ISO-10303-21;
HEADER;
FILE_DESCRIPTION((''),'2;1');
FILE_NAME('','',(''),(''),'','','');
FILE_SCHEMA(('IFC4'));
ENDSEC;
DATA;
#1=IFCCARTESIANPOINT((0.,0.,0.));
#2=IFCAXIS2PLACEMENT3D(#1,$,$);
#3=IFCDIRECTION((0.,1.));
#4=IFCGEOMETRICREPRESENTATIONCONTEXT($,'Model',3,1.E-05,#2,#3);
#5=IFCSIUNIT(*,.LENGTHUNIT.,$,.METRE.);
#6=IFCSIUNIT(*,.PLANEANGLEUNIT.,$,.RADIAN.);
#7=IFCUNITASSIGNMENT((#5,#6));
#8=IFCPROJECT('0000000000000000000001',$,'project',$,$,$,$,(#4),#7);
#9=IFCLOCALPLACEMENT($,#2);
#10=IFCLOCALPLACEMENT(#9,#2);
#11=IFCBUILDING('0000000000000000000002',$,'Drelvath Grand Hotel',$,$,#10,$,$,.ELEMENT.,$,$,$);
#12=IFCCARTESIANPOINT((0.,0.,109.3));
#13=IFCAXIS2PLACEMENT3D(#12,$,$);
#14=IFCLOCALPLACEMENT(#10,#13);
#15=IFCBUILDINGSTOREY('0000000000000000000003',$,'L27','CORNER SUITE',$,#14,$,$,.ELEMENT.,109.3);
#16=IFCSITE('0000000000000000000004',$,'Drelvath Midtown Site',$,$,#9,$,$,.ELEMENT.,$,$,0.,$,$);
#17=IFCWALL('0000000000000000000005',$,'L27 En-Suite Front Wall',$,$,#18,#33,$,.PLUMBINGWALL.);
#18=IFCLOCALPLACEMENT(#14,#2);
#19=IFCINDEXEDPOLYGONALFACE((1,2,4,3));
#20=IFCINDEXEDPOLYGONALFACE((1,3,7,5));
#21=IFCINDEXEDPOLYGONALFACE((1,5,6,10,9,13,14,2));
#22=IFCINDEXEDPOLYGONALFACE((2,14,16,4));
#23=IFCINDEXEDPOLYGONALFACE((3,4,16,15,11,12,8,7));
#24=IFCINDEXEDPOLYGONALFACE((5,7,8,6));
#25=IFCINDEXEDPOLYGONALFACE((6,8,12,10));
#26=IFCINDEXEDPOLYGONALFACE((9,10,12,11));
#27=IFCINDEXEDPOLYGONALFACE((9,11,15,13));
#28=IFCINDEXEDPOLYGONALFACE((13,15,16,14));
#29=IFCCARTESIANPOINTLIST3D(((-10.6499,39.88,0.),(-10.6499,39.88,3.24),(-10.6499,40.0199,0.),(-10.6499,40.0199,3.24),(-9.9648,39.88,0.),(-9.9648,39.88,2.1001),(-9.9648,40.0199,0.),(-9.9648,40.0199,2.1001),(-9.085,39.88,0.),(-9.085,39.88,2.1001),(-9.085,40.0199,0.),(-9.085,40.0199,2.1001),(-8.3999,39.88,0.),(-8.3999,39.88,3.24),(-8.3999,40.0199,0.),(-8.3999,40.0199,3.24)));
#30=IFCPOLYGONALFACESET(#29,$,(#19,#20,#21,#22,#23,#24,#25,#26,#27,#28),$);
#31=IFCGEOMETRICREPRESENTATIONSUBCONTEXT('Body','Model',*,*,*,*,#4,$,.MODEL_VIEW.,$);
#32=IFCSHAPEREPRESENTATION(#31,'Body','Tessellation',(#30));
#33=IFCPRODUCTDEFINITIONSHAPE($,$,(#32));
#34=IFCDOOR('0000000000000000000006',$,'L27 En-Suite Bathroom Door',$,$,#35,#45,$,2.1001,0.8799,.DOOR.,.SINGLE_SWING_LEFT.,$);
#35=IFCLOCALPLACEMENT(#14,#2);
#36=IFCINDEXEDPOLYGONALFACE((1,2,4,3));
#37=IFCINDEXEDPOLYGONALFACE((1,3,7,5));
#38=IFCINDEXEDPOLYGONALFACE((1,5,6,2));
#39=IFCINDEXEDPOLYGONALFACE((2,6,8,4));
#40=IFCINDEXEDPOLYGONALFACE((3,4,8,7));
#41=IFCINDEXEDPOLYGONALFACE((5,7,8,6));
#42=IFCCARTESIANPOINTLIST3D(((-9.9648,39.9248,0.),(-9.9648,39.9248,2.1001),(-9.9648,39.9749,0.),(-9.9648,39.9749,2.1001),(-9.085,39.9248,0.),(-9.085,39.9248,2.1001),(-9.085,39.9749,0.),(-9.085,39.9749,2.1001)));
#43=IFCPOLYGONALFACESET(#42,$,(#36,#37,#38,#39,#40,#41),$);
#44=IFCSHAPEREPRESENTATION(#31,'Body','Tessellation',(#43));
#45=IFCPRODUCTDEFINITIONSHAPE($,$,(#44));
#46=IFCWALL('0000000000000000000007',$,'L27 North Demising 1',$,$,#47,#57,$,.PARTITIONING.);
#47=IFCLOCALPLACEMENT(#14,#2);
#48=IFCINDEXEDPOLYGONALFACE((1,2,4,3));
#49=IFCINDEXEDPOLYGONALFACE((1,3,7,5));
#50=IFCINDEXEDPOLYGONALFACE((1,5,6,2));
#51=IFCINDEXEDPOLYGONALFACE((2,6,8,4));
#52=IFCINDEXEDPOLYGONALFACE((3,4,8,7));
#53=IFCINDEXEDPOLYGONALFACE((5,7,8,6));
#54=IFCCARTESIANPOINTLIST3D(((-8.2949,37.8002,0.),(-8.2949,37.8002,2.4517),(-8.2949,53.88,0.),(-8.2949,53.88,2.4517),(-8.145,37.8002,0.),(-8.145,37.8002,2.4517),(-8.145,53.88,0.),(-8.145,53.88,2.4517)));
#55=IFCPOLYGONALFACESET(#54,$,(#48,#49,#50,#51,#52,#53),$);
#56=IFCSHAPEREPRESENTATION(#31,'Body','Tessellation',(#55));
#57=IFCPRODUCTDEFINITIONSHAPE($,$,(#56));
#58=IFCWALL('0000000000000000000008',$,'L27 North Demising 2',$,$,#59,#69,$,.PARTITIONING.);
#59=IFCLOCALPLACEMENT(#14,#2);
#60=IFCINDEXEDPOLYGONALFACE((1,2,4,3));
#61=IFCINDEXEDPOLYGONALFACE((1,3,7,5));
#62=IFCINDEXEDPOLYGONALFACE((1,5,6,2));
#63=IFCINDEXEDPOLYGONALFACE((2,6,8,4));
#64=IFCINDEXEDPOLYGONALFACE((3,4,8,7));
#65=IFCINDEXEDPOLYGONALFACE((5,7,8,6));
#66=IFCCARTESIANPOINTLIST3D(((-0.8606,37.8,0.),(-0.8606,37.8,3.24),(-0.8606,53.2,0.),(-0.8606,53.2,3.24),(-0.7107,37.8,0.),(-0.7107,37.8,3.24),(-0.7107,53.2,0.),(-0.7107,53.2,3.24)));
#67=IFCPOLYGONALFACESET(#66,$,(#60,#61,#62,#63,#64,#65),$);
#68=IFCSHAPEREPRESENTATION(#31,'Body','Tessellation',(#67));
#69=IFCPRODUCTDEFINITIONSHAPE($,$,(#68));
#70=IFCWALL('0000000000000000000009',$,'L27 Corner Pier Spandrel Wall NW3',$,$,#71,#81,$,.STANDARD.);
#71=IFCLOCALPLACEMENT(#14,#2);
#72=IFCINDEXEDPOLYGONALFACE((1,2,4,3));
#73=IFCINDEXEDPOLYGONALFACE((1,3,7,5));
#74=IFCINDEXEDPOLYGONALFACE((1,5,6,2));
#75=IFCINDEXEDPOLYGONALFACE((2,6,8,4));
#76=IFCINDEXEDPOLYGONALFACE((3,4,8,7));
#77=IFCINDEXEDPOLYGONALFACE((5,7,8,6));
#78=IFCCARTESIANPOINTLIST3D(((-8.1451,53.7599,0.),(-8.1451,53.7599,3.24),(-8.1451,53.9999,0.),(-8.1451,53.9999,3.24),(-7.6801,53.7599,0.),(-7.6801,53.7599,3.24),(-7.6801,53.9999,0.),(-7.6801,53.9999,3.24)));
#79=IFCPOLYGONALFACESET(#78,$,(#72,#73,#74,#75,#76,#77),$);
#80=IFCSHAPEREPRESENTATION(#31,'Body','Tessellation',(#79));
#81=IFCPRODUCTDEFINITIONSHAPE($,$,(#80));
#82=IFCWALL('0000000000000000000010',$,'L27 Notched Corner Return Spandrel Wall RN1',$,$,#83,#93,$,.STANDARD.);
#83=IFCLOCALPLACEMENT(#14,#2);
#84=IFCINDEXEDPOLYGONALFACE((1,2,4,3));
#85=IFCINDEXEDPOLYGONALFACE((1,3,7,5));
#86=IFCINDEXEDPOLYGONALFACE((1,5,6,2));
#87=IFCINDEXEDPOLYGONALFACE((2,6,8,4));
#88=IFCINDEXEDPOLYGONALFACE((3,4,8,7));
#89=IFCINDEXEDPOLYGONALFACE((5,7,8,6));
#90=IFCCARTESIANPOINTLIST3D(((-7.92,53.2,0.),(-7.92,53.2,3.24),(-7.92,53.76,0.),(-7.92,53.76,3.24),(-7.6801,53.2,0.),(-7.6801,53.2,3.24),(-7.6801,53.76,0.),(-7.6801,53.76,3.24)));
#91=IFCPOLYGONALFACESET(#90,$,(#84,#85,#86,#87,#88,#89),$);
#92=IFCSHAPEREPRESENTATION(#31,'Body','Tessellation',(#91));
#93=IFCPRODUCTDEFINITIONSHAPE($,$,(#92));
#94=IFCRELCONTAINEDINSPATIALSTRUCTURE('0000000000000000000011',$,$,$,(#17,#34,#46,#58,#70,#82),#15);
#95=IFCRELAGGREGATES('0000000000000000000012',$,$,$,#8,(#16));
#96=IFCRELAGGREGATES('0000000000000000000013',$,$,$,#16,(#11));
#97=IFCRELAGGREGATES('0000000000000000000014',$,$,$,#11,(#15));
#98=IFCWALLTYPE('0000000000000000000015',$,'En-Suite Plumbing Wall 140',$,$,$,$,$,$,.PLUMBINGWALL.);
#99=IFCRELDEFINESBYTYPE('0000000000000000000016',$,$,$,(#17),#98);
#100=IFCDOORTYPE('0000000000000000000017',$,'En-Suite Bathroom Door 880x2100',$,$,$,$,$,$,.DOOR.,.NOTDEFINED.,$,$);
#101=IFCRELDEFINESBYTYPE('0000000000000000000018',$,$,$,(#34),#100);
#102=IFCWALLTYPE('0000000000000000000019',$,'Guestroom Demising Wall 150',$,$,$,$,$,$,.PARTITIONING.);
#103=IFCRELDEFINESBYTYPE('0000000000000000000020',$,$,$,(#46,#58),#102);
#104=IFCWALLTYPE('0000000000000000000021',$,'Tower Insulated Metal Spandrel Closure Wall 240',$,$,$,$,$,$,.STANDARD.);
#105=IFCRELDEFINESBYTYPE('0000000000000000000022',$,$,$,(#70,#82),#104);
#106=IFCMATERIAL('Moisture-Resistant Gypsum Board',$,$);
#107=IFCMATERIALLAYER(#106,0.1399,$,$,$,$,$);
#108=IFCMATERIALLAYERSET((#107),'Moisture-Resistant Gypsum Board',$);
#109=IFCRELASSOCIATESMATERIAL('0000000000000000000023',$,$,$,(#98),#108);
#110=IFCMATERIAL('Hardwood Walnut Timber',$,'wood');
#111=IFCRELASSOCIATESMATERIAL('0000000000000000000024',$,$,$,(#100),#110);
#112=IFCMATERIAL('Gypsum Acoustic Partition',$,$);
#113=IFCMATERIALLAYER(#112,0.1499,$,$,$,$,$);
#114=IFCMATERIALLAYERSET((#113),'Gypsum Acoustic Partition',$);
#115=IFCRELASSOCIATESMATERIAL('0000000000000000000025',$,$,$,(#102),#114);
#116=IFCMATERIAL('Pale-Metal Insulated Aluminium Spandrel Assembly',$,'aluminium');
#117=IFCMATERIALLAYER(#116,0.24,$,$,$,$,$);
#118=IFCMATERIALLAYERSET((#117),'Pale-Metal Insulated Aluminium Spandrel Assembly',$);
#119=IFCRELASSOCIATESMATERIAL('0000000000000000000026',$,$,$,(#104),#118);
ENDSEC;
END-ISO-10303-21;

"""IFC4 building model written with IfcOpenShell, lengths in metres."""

from ifc_helpers import new_model, si_unit, direction, frame, frame_2d, origin, place, context, subcontext, project, spatial, rectangle, extrude, material, layer, layer_set, type_object, element, fill, save


model = new_model("IFC4")

# Units and contexts
model_context = context("Model", 3, precision=1e-05, world=origin(), true_north=direction((0.0, 1.0)))
body_context = subcontext(model_context, "Body", "Model", "MODEL_VIEW")
ifc_project = project(units=[si_unit("LENGTHUNIT", "METRE"), si_unit("PLANEANGLEUNIT", "RADIAN")], contexts=[model_context])

# Site, building, storey
site_placement = place(None, origin())
site = spatial("IfcSite", under=ifc_project, at=site_placement, Name="Drelvath Midtown Site", CompositionType="ELEMENT", RefElevation=0.0)
building_placement = place(site_placement, origin())
building = spatial("IfcBuilding", under=site, at=building_placement, Name="Drelvath Grand Hotel", CompositionType="ELEMENT")
storey_placement = place(building_placement, frame((0.0, 0.0, 109.3)))
storey = spatial("IfcBuildingStorey", under=building, at=storey_placement, Name="L27", Description="CORNER SUITE", CompositionType="ELEMENT", Elevation=109.3)

# Shared definitions
ifc_material_1 = material(Name="Moisture-Resistant Gypsum Board")
ifc_layer_1 = layer(ifc_material_1, 0.1399)
ifc_layer_set_1 = layer_set([ifc_layer_1], Name="Moisture-Resistant Gypsum Board")
wall_type_1 = type_object("IfcWallType", Name="En-Suite Plumbing Wall 140", PredefinedType="PLUMBINGWALL", material=ifc_layer_set_1)

# Wall, opening, door
wall_1_placement = place(storey_placement, frame((-10.6499, 39.95, 0.0), z_axis=(0.0, 0.0, 1.0), x_axis=(1.0, 0.0, 0.0)))
wall_1 = element("IfcWall", 1, at=wall_1_placement, inside=storey, type_object=wall_type_1, Name="L27 En-Suite Front Wall", PredefinedType="PLUMBINGWALL", context=body_context, shape_type="SweptSolid", body=[
    extrude(rectangle(XDim=2.25, YDim=0.1399, at=frame_2d((1.125, 0.0))), origin(), (0.0, 0.0, 1.0), 3.24),
])
opening_placement = place(wall_1_placement, frame((0.6851, 0.0, 0.0)))
opening = element("IfcOpeningElement", 2, at=opening_placement, cuts=wall_1, PredefinedType="OPENING", context=body_context, shape_type="SweptSolid", body=[
    extrude(rectangle(XDim=0.8799, YDim=2.1001, at=frame_2d((0.4399, 1.05))), frame((0.0, 0.0798, 0.0), z_axis=(0.0, -1.0, 0.0), x_axis=(1.0, 0.0, 0.0)), (0.0, 0.0, 1.0), 0.1599),
])
ifc_material_2 = material(Name="Hardwood Walnut Timber", Category="wood")
door_type = type_object("IfcDoorType", Name="En-Suite Bathroom Door 880x2100", OperationType="NOTDEFINED", PredefinedType="DOOR", material=ifc_material_2)
door_placement = place(opening_placement, origin())
door = element("IfcDoor", 3, at=door_placement, inside=storey, type_object=door_type, Name="L27 En-Suite Bathroom Door", OperationType="SINGLE_SWING_LEFT", OverallHeight=2.1001, OverallWidth=0.8799, PredefinedType="DOOR", context=body_context, shape_type="SweptSolid", body=[
    extrude(rectangle(XDim=0.8799, YDim=2.1001, at=frame_2d((0.4399, 1.05))), frame((0.0, 0.0249, 0.0), z_axis=(0.0, -1.0, 0.0), x_axis=(1.0, 0.0, 0.0)), (0.0, 0.0, 1.0), 0.05),
])
fill(opening, door)

# Walls
ifc_material_3 = material(Name="Gypsum Acoustic Partition")
ifc_layer_2 = layer(ifc_material_3, 0.1499)
ifc_layer_set_2 = layer_set([ifc_layer_2], Name="Gypsum Acoustic Partition")
wall_type_2 = type_object("IfcWallType", Name="Guestroom Demising Wall 150", PredefinedType="PARTITIONING", material=ifc_layer_set_2)
wall_2_placement = place(storey_placement, frame((-8.22, 37.8, 0.0), z_axis=(0.0, 0.0, 1.0), x_axis=(0.0, 1.0, 0.0)))
element("IfcWall", 4, at=wall_2_placement, inside=storey, type_object=wall_type_2, Name="L27 North Demising 1", PredefinedType="PARTITIONING", context=body_context, shape_type="SweptSolid", body=[
    extrude(rectangle(XDim=16.0798, YDim=0.1499, at=frame_2d((8.04, 0.0))), origin(), (0.0, 0.0, 1.0), 2.4517),
])
wall_3_placement = place(storey_placement, frame((-0.7856, 37.8, 0.0), z_axis=(0.0, 0.0, 1.0), x_axis=(0.0, 1.0, 0.0)))
element("IfcWall", 5, at=wall_3_placement, inside=storey, type_object=wall_type_2, Name="L27 North Demising 2", PredefinedType="PARTITIONING", context=body_context, shape_type="SweptSolid", body=[
    extrude(rectangle(XDim=15.3999, YDim=0.1499, at=frame_2d((7.7, 0.0))), origin(), (0.0, 0.0, 1.0), 3.24),
])
ifc_material_4 = material(Name="Pale-Metal Insulated Aluminium Spandrel Assembly", Category="aluminium")
ifc_layer_3 = layer(ifc_material_4, 0.24)
ifc_layer_set_3 = layer_set([ifc_layer_3], Name="Pale-Metal Insulated Aluminium Spandrel Assembly")
wall_type_3 = type_object("IfcWallType", Name="Tower Insulated Metal Spandrel Closure Wall 240", PredefinedType="STANDARD", material=ifc_layer_set_3)
wall_4_placement = place(storey_placement, frame((-8.145, 53.8799, 0.0), z_axis=(0.0, 0.0, 1.0), x_axis=(1.0, 0.0, 0.0)))
element("IfcWall", 6, at=wall_4_placement, inside=storey, type_object=wall_type_3, Name="L27 Corner Pier Spandrel Wall NW3", PredefinedType="STANDARD", context=body_context, shape_type="SweptSolid", body=[
    extrude(rectangle(XDim=0.4651, YDim=0.24, at=frame_2d((0.2324, 0.0))), origin(), (0.0, 0.0, 1.0), 3.24),
])
wall_5_placement = place(storey_placement, frame((-7.8, 53.76, 0.0), z_axis=(0.0, 0.0, 1.0), x_axis=(0.0, -1.0, 0.0)))
element("IfcWall", 7, at=wall_5_placement, inside=storey, type_object=wall_type_3, Name="L27 Notched Corner Return Spandrel Wall RN1", PredefinedType="STANDARD", context=body_context, shape_type="SweptSolid", body=[
    extrude(rectangle(XDim=0.5601, YDim=0.24, at=frame_2d((0.28, 0.0))), origin(), (0.0, 0.0, 1.0), 3.24),
])

save(model, "model.ifc")
